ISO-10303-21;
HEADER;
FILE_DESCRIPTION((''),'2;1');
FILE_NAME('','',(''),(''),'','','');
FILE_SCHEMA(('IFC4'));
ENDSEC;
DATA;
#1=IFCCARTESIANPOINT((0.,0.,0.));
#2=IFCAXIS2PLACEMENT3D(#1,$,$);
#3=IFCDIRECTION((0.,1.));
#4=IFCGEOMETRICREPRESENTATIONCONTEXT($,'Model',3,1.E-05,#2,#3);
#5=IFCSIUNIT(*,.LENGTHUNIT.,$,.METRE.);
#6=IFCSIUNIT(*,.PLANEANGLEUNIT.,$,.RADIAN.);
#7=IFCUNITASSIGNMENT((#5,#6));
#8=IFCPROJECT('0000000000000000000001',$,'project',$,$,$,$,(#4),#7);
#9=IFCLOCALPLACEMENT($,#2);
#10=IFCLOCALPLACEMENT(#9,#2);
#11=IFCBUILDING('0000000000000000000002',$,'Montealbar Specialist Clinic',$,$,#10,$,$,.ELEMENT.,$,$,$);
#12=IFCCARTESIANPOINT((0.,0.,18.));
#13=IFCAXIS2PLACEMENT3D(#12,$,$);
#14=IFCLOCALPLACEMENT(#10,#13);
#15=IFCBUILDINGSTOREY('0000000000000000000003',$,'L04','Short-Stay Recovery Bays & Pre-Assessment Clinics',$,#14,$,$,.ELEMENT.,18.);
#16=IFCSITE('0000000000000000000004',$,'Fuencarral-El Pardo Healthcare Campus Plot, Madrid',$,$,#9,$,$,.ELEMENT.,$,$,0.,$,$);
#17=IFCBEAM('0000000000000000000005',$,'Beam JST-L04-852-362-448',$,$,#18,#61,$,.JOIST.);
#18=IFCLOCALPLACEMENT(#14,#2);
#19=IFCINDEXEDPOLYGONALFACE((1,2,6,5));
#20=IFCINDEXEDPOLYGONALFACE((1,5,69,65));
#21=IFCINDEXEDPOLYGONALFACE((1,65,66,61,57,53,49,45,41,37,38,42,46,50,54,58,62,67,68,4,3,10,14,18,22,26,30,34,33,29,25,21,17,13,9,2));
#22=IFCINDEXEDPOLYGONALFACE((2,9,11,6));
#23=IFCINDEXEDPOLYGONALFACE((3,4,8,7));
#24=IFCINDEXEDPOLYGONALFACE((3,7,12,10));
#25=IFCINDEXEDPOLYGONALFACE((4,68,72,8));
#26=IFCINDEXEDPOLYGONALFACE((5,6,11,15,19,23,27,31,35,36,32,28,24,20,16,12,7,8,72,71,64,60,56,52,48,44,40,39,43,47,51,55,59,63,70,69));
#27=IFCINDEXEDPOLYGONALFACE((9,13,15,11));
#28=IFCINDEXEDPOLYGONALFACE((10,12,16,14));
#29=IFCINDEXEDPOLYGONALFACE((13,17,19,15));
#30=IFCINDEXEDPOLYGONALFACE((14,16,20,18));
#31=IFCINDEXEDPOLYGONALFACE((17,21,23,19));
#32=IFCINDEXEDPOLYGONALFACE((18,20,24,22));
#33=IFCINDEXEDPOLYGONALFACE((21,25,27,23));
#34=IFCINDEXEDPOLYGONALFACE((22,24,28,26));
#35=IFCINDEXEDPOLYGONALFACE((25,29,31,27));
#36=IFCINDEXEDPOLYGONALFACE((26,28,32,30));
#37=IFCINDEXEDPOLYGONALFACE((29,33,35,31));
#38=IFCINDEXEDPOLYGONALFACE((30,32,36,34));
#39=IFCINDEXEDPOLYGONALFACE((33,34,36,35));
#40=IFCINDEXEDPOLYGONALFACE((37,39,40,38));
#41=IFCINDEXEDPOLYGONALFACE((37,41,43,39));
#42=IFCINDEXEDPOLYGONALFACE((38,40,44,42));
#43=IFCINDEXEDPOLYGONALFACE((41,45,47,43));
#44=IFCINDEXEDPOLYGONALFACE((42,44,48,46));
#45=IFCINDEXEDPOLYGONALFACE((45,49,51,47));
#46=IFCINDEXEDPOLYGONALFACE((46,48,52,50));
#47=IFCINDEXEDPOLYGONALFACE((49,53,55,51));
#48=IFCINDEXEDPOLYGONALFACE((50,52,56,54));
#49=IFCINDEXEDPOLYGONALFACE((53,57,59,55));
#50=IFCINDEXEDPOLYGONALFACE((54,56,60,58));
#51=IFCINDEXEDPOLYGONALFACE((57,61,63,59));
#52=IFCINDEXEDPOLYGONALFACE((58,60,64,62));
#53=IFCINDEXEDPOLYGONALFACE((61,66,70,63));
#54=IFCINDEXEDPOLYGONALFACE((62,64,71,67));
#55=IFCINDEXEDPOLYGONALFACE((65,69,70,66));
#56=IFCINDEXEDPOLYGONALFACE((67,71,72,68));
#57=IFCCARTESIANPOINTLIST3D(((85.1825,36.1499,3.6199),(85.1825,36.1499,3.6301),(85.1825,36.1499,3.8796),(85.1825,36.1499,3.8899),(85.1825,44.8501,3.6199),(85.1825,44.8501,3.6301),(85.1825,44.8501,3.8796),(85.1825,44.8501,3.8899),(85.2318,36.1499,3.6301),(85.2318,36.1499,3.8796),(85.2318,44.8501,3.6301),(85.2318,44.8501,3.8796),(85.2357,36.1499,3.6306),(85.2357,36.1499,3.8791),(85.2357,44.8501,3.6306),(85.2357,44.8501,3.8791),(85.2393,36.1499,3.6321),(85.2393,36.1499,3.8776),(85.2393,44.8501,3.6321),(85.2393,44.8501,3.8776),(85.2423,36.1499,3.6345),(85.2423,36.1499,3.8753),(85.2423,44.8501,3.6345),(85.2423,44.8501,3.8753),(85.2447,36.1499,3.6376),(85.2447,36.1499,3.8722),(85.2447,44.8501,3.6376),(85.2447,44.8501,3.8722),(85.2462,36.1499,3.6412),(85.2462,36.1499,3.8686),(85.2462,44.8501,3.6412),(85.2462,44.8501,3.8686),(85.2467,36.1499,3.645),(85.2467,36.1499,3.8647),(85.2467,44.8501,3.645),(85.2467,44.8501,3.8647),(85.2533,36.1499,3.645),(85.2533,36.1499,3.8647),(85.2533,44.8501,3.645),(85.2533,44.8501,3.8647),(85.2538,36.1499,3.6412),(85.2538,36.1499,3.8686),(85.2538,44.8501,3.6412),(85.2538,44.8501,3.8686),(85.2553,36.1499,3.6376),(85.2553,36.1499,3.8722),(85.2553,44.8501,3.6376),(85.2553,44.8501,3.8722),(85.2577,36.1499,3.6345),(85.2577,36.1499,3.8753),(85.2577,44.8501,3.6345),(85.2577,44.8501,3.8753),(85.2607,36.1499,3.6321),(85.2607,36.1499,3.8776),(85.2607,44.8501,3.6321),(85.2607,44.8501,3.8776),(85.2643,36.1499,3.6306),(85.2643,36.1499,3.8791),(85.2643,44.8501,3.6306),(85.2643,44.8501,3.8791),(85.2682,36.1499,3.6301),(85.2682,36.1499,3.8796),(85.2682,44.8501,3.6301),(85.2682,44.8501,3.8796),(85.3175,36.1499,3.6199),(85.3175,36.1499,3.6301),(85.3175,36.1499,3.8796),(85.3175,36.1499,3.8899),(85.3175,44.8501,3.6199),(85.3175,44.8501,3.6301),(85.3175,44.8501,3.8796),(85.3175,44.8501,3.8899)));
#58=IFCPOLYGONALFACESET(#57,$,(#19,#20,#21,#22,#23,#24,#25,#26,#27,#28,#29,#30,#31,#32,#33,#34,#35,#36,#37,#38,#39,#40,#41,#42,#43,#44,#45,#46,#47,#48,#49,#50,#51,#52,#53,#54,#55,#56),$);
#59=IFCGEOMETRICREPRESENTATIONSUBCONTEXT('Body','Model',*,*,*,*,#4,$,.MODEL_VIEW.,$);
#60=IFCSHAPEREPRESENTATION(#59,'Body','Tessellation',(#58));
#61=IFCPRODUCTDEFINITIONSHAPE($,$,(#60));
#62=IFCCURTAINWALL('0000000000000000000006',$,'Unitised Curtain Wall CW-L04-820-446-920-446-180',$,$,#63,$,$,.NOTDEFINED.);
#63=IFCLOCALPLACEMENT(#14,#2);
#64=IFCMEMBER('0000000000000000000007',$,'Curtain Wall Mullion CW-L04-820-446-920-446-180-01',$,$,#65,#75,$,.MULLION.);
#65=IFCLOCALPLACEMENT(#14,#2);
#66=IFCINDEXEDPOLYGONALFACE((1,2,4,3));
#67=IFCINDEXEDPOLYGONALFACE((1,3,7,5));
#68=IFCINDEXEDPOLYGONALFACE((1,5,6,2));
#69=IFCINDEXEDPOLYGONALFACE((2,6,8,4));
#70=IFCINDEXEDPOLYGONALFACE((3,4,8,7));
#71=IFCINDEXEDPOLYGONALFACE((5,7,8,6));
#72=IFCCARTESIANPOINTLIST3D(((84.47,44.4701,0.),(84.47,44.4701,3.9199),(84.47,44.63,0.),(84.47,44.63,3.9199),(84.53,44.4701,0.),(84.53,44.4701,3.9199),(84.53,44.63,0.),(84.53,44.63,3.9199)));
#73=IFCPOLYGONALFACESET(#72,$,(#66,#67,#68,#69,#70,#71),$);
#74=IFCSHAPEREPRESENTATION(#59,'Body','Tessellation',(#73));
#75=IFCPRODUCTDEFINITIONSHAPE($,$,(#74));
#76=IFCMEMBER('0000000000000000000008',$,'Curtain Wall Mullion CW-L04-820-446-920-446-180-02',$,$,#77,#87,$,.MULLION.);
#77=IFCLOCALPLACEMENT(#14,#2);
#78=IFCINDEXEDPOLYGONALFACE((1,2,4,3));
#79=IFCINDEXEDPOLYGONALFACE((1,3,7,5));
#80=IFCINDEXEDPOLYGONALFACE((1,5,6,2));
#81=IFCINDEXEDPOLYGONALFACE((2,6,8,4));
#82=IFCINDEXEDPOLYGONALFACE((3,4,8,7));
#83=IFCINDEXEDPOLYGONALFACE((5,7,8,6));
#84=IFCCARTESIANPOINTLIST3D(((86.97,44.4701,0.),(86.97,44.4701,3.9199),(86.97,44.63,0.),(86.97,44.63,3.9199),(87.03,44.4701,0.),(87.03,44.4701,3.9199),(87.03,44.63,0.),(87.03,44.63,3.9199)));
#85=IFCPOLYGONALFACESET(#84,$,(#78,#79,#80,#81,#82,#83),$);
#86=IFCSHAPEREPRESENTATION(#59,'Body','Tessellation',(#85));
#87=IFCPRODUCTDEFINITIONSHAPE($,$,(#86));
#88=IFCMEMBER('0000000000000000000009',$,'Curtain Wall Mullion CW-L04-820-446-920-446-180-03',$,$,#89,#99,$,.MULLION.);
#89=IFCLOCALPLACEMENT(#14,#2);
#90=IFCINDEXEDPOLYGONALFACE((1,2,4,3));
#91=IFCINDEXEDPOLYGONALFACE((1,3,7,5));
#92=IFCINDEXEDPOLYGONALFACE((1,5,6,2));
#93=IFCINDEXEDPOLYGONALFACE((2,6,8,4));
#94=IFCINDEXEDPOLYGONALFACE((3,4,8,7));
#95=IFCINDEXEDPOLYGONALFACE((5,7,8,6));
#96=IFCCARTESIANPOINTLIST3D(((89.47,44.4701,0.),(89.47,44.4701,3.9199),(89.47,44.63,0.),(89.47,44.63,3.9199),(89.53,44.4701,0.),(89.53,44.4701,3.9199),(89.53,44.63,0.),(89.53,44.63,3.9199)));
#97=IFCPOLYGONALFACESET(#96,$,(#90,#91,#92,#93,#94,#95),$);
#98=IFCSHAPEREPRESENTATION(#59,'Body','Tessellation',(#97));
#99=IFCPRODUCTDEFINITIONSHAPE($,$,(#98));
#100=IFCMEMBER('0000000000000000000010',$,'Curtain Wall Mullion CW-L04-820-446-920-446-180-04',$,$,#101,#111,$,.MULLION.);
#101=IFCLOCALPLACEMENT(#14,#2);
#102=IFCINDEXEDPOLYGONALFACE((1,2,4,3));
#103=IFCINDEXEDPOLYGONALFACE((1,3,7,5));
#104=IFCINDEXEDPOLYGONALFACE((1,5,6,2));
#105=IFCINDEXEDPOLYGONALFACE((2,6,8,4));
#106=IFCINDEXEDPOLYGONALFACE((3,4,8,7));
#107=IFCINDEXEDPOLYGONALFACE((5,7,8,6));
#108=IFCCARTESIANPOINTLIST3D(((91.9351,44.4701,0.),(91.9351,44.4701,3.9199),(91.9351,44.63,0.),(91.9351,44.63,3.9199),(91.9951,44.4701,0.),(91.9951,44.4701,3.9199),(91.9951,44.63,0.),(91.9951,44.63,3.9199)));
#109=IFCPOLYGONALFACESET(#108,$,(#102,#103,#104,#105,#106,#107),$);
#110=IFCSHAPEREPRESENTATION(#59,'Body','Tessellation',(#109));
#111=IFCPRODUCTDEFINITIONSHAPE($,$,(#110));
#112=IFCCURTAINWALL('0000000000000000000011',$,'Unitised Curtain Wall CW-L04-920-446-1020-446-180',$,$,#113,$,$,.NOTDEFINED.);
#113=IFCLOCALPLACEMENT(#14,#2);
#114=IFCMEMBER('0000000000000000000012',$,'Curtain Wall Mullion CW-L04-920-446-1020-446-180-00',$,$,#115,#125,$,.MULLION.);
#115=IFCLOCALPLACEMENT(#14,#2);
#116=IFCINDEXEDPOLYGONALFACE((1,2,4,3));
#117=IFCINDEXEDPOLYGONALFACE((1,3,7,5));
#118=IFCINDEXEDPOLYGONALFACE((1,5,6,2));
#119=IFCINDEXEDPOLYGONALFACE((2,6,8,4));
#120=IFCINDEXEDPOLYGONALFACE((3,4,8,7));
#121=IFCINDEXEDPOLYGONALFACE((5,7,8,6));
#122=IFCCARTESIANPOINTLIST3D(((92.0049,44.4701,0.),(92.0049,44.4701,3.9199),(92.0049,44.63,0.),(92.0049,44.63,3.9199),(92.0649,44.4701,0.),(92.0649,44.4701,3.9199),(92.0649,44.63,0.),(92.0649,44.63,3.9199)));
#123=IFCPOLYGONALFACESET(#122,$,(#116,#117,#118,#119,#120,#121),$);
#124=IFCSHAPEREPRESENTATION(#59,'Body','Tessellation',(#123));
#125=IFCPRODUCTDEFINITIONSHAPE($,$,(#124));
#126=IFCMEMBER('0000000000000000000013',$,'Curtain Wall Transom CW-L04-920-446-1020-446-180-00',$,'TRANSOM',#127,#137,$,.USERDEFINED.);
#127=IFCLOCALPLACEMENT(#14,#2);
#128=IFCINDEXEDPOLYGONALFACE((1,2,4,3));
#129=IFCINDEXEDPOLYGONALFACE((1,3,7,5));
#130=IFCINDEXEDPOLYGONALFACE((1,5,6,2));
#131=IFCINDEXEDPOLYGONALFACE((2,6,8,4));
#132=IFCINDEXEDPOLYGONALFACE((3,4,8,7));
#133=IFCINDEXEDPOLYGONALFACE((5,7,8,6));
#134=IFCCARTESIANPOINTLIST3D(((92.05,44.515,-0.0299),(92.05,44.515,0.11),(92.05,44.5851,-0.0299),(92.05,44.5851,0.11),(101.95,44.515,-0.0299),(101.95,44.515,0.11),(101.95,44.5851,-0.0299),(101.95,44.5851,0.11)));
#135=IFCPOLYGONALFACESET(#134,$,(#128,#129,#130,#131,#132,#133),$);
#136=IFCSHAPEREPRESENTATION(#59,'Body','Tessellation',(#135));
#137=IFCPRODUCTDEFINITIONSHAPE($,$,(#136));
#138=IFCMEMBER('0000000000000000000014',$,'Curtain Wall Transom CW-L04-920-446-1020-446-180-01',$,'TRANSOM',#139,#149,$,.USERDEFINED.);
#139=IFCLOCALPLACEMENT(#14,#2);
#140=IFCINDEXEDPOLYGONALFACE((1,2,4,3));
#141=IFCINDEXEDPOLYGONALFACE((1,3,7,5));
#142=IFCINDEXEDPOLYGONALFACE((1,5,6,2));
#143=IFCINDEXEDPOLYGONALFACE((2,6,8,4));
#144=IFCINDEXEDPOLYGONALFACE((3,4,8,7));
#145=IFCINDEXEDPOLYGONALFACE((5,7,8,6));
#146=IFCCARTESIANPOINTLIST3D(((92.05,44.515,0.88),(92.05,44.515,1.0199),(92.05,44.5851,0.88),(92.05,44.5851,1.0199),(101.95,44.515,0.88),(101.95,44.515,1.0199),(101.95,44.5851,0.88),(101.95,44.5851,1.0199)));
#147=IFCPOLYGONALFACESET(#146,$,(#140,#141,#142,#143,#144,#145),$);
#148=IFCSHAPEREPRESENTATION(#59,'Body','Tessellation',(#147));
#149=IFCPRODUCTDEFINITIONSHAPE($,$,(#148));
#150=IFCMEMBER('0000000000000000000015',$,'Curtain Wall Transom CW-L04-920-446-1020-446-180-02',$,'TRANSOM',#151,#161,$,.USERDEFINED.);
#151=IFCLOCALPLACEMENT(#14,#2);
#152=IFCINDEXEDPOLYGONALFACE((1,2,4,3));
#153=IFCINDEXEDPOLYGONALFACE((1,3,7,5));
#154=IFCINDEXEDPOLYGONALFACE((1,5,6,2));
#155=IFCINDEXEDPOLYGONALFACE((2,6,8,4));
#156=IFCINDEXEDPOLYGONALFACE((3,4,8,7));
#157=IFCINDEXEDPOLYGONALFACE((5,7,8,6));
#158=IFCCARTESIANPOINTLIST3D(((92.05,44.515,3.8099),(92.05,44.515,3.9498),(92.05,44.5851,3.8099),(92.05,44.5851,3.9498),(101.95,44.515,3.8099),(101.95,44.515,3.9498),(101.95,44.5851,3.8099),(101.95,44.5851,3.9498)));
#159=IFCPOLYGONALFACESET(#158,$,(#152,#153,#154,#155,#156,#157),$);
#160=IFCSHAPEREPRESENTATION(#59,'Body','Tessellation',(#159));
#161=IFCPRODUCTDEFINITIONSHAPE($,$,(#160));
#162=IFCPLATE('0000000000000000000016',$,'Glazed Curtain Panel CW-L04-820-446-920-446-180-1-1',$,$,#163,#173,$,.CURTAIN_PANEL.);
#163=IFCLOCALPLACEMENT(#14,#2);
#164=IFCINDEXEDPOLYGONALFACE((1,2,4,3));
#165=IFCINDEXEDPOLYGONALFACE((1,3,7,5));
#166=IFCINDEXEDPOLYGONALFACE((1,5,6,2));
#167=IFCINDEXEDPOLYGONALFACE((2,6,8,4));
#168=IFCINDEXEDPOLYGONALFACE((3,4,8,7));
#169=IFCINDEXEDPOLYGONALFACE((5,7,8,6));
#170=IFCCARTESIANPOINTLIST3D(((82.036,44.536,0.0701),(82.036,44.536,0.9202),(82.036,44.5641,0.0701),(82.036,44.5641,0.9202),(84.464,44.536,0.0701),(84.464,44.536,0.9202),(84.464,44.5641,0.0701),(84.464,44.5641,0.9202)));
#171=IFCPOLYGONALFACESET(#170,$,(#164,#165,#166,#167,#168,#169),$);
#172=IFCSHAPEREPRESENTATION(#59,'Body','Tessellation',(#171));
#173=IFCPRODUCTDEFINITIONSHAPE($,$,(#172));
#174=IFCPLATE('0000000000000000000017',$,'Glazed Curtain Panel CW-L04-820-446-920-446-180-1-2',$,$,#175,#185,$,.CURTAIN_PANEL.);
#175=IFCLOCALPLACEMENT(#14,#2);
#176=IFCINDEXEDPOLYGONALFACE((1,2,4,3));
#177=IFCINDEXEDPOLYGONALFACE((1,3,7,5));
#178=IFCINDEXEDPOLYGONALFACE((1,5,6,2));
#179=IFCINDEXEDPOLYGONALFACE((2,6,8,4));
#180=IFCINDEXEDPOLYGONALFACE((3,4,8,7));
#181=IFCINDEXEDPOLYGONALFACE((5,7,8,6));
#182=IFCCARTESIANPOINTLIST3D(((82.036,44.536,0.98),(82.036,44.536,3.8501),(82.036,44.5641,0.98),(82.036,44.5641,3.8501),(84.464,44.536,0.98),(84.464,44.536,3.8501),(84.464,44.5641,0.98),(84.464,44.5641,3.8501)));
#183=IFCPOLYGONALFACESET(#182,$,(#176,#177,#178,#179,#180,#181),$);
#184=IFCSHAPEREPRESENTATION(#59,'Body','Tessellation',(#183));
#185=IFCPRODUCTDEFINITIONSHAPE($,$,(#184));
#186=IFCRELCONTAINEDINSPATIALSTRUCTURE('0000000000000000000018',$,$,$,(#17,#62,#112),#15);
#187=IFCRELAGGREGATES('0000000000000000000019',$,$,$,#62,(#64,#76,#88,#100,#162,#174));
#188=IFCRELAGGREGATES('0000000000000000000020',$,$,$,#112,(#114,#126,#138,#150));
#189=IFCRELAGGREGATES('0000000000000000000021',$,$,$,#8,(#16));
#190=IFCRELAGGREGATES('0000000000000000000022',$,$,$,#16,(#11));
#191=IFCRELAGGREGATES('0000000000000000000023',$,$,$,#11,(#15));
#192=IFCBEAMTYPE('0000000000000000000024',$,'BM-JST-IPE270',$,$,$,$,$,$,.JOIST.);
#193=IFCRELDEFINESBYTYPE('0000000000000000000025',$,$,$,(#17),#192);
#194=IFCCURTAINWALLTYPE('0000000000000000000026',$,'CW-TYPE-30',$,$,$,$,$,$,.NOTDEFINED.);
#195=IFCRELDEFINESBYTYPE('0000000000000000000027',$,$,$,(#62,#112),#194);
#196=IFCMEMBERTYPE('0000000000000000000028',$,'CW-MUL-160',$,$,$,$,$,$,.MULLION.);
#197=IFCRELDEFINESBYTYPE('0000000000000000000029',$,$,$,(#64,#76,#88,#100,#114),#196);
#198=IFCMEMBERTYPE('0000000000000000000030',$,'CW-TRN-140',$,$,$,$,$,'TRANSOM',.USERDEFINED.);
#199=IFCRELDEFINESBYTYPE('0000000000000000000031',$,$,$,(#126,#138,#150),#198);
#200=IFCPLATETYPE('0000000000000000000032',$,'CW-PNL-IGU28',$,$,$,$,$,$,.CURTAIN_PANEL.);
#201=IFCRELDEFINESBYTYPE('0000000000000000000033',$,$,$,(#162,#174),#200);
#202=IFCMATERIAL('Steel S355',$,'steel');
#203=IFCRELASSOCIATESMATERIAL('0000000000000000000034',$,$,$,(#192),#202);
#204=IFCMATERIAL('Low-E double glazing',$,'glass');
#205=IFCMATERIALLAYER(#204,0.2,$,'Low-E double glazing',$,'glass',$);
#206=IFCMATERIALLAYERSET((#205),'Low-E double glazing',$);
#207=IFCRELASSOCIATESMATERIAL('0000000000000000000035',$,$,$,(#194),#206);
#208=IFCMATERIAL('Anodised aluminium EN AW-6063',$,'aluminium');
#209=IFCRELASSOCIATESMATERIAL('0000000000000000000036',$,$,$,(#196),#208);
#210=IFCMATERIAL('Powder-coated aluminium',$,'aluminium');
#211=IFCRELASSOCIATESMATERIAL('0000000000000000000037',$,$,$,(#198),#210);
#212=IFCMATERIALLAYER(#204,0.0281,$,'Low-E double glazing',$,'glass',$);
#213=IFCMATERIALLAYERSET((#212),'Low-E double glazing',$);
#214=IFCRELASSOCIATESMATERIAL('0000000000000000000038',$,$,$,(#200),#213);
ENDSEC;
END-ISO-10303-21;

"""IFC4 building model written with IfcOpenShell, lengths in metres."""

from ifc_helpers import new_model, si_unit, direction, frame, origin, origin_2d, place, context, subcontext, project, spatial, rectangle, i_section, extrude, material, layer, layer_set, material_profile, profile_set, type_object, element, aggregate, save


model = new_model("IFC4")

# Units and contexts
model_context = context("Model", 3, precision=1e-05, world=origin(), true_north=direction((0.0, 1.0)))
body_context = subcontext(model_context, "Body", "Model", "MODEL_VIEW")
ifc_project = project(units=[si_unit("LENGTHUNIT", "METRE"), si_unit("PLANEANGLEUNIT", "RADIAN")], contexts=[model_context])

# Site, building, storey
site_placement = place(None, origin())
site = spatial("IfcSite", under=ifc_project, at=site_placement, Name="Fuencarral-El Pardo Healthcare Campus Plot, Madrid", CompositionType="ELEMENT", RefElevation=0.0)
building_placement = place(site_placement, origin())
building = spatial("IfcBuilding", under=site, at=building_placement, Name="Montealbar Specialist Clinic", CompositionType="ELEMENT")
storey_placement = place(building_placement, frame((0.0, 0.0, 18.0)))
storey = spatial("IfcBuildingStorey", under=building, at=storey_placement, Name="L04", Description="Short-Stay Recovery Bays & Pre-Assessment Clinics", CompositionType="ELEMENT", Elevation=18.0)

# Shared definitions
ifc_material_1 = material(Name="Steel S355", Category="steel")

# Beam
ifc_material_profile_1 = material_profile(ifc_material_1, i_section(OverallWidth=0.135, OverallDepth=0.27, WebThickness=0.0066, FlangeThickness=0.0103, FilletRadius=0.0149, at=origin_2d()), Name="IPE 270", Category="steel")
ifc_profile_set_1 = profile_set([ifc_material_profile_1], Name="Steel S355")
beam_type_1 = type_object("IfcBeamType", Name="BM-JST-IPE270", PredefinedType="JOIST", material=ifc_profile_set_1)
beam_1_placement = place(storey_placement, frame((85.25, 36.1499, 3.7549), z_axis=(0.0, 1.0, 0.0), x_axis=(-1.0, 0.0, 0.0)))
element("IfcBeam", 1, at=beam_1_placement, inside=storey, type_object=beam_type_1, Name="Beam JST-L04-852-362-448", PredefinedType="JOIST", context=body_context, shape_type="SweptSolid", body=[
    extrude(i_section(OverallWidth=0.135, OverallDepth=0.27, WebThickness=0.0066, FlangeThickness=0.0103, FilletRadius=0.0149, at=origin_2d()), origin(), (0.0, 0.0, 1.0), 8.7002),
])

# Curtain walls, members
ifc_material_2 = material(Name="Low-E double glazing", Category="glass")
ifc_layer_1 = layer(ifc_material_2, 0.2, Name="Low-E double glazing", Category="glass")
ifc_layer_set_1 = layer_set([ifc_layer_1], Name="Low-E double glazing")
curtain_wall_type = type_object("IfcCurtainWallType", Name="CW-TYPE-30", PredefinedType="NOTDEFINED", material=ifc_layer_set_1)
curtain_wall_1_placement = place(storey_placement, origin())
curtain_wall_1 = element("IfcCurtainWall", 2, at=curtain_wall_1_placement, inside=storey, type_object=curtain_wall_type, Name="Unitised Curtain Wall CW-L04-820-446-920-446-180", PredefinedType="NOTDEFINED")
ifc_material_3 = material(Name="Anodised aluminium EN AW-6063", Category="aluminium")
ifc_material_profile_2 = material_profile(ifc_material_3, rectangle(XDim=0.0601, YDim=0.1599, at=origin_2d()), Name="ALU 60x160", Category="aluminium")
ifc_profile_set_2 = profile_set([ifc_material_profile_2], Name="Anodised aluminium EN AW-6063")
member_type_1 = type_object("IfcMemberType", Name="CW-MUL-160", PredefinedType="MULLION", material=ifc_profile_set_2)
member_1_placement = place(storey_placement, frame((84.5, 44.55, 0.0), z_axis=(0.0, 0.0, 1.0), x_axis=(1.0, 0.0, 0.0)))
member_1 = element("IfcMember", 3, at=member_1_placement, type_object=member_type_1, Name="Curtain Wall Mullion CW-L04-820-446-920-446-180-01", PredefinedType="MULLION", context=body_context, shape_type="SweptSolid", body=[
    extrude(rectangle(XDim=0.0601, YDim=0.1599, at=origin_2d()), origin(), (0.0, 0.0, 1.0), 3.9199),
])
member_2_placement = place(storey_placement, frame((87.0, 44.55, 0.0), z_axis=(0.0, 0.0, 1.0), x_axis=(1.0, 0.0, 0.0)))
member_2 = element("IfcMember", 4, at=member_2_placement, type_object=member_type_1, Name="Curtain Wall Mullion CW-L04-820-446-920-446-180-02", PredefinedType="MULLION", context=body_context, shape_type="SweptSolid", body=[
    extrude(rectangle(XDim=0.0601, YDim=0.1599, at=origin_2d()), origin(), (0.0, 0.0, 1.0), 3.9199),
])
member_3_placement = place(storey_placement, frame((89.5, 44.55, 0.0), z_axis=(0.0, 0.0, 1.0), x_axis=(1.0, 0.0, 0.0)))
member_3 = element("IfcMember", 5, at=member_3_placement, type_object=member_type_1, Name="Curtain Wall Mullion CW-L04-820-446-920-446-180-03", PredefinedType="MULLION", context=body_context, shape_type="SweptSolid", body=[
    extrude(rectangle(XDim=0.0601, YDim=0.1599, at=origin_2d()), origin(), (0.0, 0.0, 1.0), 3.9199),
])
member_4_placement = place(storey_placement, frame((91.9651, 44.55, 0.0), z_axis=(0.0, 0.0, 1.0), x_axis=(1.0, 0.0, 0.0)))
member_4 = element("IfcMember", 6, at=member_4_placement, type_object=member_type_1, Name="Curtain Wall Mullion CW-L04-820-446-920-446-180-04", PredefinedType="MULLION", context=body_context, shape_type="SweptSolid", body=[
    extrude(rectangle(XDim=0.0601, YDim=0.1599, at=origin_2d()), origin(), (0.0, 0.0, 1.0), 3.9199),
])
curtain_wall_2_placement = place(storey_placement, origin())
curtain_wall_2 = element("IfcCurtainWall", 7, at=curtain_wall_2_placement, inside=storey, type_object=curtain_wall_type, Name="Unitised Curtain Wall CW-L04-920-446-1020-446-180", PredefinedType="NOTDEFINED")
member_5_placement = place(storey_placement, frame((92.0349, 44.55, 0.0), z_axis=(0.0, 0.0, 1.0), x_axis=(1.0, 0.0, 0.0)))
member_5 = element("IfcMember", 8, at=member_5_placement, type_object=member_type_1, Name="Curtain Wall Mullion CW-L04-920-446-1020-446-180-00", PredefinedType="MULLION", context=body_context, shape_type="SweptSolid", body=[
    extrude(rectangle(XDim=0.0601, YDim=0.1599, at=origin_2d()), origin(), (0.0, 0.0, 1.0), 3.9199),
])
ifc_material_4 = material(Name="Powder-coated aluminium", Category="aluminium")
ifc_material_profile_3 = material_profile(ifc_material_4, rectangle(XDim=0.0701, YDim=0.1399, at=origin_2d()), Name="ALU 70x140", Category="aluminium")
ifc_profile_set_3 = profile_set([ifc_material_profile_3], Name="Powder-coated aluminium")
member_type_2 = type_object("IfcMemberType", Name="CW-TRN-140", ElementType="TRANSOM", PredefinedType="USERDEFINED", material=ifc_profile_set_3)
member_6_placement = place(storey_placement, frame((92.05, 44.55, 0.04), z_axis=(1.0, 0.0, 0.0), x_axis=(0.0, 1.0, 0.0)))
member_6 = element("IfcMember", 9, at=member_6_placement, type_object=member_type_2, Name="Curtain Wall Transom CW-L04-920-446-1020-446-180-00", ObjectType="TRANSOM", PredefinedType="USERDEFINED", context=body_context, shape_type="SweptSolid", body=[
    extrude(rectangle(XDim=0.0701, YDim=0.1399, at=origin_2d()), origin(), (0.0, 0.0, 1.0), 9.8999),
])
member_7_placement = place(storey_placement, frame((92.05, 44.55, 0.95), z_axis=(1.0, 0.0, 0.0), x_axis=(0.0, 1.0, 0.0)))
member_7 = element("IfcMember", 10, at=member_7_placement, type_object=member_type_2, Name="Curtain Wall Transom CW-L04-920-446-1020-446-180-01", ObjectType="TRANSOM", PredefinedType="USERDEFINED", context=body_context, shape_type="SweptSolid", body=[
    extrude(rectangle(XDim=0.0701, YDim=0.1399, at=origin_2d()), origin(), (0.0, 0.0, 1.0), 9.8999),
])
member_8_placement = place(storey_placement, frame((92.05, 44.55, 3.8799), z_axis=(1.0, 0.0, 0.0), x_axis=(0.0, 1.0, 0.0)))
member_8 = element("IfcMember", 11, at=member_8_placement, type_object=member_type_2, Name="Curtain Wall Transom CW-L04-920-446-1020-446-180-02", ObjectType="TRANSOM", PredefinedType="USERDEFINED", context=body_context, shape_type="SweptSolid", body=[
    extrude(rectangle(XDim=0.0701, YDim=0.1399, at=origin_2d()), origin(), (0.0, 0.0, 1.0), 9.8999),
])

# Plates
ifc_layer_2 = layer(ifc_material_2, 0.0281, Name="Low-E double glazing", Category="glass")
ifc_layer_set_2 = layer_set([ifc_layer_2], Name="Low-E double glazing")
plate_type = type_object("IfcPlateType", Name="CW-PNL-IGU28", PredefinedType="CURTAIN_PANEL", material=ifc_layer_set_2)
plate_1_placement = place(storey_placement, frame((83.25, 44.55, 0.0701), z_axis=(0.0, 0.0, 1.0), x_axis=(1.0, 0.0, 0.0)))
plate_1 = element("IfcPlate", 12, at=plate_1_placement, type_object=plate_type, Name="Glazed Curtain Panel CW-L04-820-446-920-446-180-1-1", PredefinedType="CURTAIN_PANEL", context=body_context, shape_type="SweptSolid", body=[
    extrude(rectangle(XDim=2.428, YDim=0.0281, at=origin_2d()), origin(), (0.0, 0.0, 1.0), 0.8501),
])
plate_2_placement = place(storey_placement, frame((83.25, 44.55, 0.98), z_axis=(0.0, 0.0, 1.0), x_axis=(1.0, 0.0, 0.0)))
plate_2 = element("IfcPlate", 13, at=plate_2_placement, type_object=plate_type, Name="Glazed Curtain Panel CW-L04-820-446-920-446-180-1-2", PredefinedType="CURTAIN_PANEL", context=body_context, shape_type="SweptSolid", body=[
    extrude(rectangle(XDim=2.428, YDim=0.0281, at=origin_2d()), origin(), (0.0, 0.0, 1.0), 2.8701),
])
aggregate(curtain_wall_1, [member_1, member_2, member_3, member_4, plate_1, plate_2])
aggregate(curtain_wall_2, [member_5, member_6, member_7, member_8])

save(model, "model.ifc")
